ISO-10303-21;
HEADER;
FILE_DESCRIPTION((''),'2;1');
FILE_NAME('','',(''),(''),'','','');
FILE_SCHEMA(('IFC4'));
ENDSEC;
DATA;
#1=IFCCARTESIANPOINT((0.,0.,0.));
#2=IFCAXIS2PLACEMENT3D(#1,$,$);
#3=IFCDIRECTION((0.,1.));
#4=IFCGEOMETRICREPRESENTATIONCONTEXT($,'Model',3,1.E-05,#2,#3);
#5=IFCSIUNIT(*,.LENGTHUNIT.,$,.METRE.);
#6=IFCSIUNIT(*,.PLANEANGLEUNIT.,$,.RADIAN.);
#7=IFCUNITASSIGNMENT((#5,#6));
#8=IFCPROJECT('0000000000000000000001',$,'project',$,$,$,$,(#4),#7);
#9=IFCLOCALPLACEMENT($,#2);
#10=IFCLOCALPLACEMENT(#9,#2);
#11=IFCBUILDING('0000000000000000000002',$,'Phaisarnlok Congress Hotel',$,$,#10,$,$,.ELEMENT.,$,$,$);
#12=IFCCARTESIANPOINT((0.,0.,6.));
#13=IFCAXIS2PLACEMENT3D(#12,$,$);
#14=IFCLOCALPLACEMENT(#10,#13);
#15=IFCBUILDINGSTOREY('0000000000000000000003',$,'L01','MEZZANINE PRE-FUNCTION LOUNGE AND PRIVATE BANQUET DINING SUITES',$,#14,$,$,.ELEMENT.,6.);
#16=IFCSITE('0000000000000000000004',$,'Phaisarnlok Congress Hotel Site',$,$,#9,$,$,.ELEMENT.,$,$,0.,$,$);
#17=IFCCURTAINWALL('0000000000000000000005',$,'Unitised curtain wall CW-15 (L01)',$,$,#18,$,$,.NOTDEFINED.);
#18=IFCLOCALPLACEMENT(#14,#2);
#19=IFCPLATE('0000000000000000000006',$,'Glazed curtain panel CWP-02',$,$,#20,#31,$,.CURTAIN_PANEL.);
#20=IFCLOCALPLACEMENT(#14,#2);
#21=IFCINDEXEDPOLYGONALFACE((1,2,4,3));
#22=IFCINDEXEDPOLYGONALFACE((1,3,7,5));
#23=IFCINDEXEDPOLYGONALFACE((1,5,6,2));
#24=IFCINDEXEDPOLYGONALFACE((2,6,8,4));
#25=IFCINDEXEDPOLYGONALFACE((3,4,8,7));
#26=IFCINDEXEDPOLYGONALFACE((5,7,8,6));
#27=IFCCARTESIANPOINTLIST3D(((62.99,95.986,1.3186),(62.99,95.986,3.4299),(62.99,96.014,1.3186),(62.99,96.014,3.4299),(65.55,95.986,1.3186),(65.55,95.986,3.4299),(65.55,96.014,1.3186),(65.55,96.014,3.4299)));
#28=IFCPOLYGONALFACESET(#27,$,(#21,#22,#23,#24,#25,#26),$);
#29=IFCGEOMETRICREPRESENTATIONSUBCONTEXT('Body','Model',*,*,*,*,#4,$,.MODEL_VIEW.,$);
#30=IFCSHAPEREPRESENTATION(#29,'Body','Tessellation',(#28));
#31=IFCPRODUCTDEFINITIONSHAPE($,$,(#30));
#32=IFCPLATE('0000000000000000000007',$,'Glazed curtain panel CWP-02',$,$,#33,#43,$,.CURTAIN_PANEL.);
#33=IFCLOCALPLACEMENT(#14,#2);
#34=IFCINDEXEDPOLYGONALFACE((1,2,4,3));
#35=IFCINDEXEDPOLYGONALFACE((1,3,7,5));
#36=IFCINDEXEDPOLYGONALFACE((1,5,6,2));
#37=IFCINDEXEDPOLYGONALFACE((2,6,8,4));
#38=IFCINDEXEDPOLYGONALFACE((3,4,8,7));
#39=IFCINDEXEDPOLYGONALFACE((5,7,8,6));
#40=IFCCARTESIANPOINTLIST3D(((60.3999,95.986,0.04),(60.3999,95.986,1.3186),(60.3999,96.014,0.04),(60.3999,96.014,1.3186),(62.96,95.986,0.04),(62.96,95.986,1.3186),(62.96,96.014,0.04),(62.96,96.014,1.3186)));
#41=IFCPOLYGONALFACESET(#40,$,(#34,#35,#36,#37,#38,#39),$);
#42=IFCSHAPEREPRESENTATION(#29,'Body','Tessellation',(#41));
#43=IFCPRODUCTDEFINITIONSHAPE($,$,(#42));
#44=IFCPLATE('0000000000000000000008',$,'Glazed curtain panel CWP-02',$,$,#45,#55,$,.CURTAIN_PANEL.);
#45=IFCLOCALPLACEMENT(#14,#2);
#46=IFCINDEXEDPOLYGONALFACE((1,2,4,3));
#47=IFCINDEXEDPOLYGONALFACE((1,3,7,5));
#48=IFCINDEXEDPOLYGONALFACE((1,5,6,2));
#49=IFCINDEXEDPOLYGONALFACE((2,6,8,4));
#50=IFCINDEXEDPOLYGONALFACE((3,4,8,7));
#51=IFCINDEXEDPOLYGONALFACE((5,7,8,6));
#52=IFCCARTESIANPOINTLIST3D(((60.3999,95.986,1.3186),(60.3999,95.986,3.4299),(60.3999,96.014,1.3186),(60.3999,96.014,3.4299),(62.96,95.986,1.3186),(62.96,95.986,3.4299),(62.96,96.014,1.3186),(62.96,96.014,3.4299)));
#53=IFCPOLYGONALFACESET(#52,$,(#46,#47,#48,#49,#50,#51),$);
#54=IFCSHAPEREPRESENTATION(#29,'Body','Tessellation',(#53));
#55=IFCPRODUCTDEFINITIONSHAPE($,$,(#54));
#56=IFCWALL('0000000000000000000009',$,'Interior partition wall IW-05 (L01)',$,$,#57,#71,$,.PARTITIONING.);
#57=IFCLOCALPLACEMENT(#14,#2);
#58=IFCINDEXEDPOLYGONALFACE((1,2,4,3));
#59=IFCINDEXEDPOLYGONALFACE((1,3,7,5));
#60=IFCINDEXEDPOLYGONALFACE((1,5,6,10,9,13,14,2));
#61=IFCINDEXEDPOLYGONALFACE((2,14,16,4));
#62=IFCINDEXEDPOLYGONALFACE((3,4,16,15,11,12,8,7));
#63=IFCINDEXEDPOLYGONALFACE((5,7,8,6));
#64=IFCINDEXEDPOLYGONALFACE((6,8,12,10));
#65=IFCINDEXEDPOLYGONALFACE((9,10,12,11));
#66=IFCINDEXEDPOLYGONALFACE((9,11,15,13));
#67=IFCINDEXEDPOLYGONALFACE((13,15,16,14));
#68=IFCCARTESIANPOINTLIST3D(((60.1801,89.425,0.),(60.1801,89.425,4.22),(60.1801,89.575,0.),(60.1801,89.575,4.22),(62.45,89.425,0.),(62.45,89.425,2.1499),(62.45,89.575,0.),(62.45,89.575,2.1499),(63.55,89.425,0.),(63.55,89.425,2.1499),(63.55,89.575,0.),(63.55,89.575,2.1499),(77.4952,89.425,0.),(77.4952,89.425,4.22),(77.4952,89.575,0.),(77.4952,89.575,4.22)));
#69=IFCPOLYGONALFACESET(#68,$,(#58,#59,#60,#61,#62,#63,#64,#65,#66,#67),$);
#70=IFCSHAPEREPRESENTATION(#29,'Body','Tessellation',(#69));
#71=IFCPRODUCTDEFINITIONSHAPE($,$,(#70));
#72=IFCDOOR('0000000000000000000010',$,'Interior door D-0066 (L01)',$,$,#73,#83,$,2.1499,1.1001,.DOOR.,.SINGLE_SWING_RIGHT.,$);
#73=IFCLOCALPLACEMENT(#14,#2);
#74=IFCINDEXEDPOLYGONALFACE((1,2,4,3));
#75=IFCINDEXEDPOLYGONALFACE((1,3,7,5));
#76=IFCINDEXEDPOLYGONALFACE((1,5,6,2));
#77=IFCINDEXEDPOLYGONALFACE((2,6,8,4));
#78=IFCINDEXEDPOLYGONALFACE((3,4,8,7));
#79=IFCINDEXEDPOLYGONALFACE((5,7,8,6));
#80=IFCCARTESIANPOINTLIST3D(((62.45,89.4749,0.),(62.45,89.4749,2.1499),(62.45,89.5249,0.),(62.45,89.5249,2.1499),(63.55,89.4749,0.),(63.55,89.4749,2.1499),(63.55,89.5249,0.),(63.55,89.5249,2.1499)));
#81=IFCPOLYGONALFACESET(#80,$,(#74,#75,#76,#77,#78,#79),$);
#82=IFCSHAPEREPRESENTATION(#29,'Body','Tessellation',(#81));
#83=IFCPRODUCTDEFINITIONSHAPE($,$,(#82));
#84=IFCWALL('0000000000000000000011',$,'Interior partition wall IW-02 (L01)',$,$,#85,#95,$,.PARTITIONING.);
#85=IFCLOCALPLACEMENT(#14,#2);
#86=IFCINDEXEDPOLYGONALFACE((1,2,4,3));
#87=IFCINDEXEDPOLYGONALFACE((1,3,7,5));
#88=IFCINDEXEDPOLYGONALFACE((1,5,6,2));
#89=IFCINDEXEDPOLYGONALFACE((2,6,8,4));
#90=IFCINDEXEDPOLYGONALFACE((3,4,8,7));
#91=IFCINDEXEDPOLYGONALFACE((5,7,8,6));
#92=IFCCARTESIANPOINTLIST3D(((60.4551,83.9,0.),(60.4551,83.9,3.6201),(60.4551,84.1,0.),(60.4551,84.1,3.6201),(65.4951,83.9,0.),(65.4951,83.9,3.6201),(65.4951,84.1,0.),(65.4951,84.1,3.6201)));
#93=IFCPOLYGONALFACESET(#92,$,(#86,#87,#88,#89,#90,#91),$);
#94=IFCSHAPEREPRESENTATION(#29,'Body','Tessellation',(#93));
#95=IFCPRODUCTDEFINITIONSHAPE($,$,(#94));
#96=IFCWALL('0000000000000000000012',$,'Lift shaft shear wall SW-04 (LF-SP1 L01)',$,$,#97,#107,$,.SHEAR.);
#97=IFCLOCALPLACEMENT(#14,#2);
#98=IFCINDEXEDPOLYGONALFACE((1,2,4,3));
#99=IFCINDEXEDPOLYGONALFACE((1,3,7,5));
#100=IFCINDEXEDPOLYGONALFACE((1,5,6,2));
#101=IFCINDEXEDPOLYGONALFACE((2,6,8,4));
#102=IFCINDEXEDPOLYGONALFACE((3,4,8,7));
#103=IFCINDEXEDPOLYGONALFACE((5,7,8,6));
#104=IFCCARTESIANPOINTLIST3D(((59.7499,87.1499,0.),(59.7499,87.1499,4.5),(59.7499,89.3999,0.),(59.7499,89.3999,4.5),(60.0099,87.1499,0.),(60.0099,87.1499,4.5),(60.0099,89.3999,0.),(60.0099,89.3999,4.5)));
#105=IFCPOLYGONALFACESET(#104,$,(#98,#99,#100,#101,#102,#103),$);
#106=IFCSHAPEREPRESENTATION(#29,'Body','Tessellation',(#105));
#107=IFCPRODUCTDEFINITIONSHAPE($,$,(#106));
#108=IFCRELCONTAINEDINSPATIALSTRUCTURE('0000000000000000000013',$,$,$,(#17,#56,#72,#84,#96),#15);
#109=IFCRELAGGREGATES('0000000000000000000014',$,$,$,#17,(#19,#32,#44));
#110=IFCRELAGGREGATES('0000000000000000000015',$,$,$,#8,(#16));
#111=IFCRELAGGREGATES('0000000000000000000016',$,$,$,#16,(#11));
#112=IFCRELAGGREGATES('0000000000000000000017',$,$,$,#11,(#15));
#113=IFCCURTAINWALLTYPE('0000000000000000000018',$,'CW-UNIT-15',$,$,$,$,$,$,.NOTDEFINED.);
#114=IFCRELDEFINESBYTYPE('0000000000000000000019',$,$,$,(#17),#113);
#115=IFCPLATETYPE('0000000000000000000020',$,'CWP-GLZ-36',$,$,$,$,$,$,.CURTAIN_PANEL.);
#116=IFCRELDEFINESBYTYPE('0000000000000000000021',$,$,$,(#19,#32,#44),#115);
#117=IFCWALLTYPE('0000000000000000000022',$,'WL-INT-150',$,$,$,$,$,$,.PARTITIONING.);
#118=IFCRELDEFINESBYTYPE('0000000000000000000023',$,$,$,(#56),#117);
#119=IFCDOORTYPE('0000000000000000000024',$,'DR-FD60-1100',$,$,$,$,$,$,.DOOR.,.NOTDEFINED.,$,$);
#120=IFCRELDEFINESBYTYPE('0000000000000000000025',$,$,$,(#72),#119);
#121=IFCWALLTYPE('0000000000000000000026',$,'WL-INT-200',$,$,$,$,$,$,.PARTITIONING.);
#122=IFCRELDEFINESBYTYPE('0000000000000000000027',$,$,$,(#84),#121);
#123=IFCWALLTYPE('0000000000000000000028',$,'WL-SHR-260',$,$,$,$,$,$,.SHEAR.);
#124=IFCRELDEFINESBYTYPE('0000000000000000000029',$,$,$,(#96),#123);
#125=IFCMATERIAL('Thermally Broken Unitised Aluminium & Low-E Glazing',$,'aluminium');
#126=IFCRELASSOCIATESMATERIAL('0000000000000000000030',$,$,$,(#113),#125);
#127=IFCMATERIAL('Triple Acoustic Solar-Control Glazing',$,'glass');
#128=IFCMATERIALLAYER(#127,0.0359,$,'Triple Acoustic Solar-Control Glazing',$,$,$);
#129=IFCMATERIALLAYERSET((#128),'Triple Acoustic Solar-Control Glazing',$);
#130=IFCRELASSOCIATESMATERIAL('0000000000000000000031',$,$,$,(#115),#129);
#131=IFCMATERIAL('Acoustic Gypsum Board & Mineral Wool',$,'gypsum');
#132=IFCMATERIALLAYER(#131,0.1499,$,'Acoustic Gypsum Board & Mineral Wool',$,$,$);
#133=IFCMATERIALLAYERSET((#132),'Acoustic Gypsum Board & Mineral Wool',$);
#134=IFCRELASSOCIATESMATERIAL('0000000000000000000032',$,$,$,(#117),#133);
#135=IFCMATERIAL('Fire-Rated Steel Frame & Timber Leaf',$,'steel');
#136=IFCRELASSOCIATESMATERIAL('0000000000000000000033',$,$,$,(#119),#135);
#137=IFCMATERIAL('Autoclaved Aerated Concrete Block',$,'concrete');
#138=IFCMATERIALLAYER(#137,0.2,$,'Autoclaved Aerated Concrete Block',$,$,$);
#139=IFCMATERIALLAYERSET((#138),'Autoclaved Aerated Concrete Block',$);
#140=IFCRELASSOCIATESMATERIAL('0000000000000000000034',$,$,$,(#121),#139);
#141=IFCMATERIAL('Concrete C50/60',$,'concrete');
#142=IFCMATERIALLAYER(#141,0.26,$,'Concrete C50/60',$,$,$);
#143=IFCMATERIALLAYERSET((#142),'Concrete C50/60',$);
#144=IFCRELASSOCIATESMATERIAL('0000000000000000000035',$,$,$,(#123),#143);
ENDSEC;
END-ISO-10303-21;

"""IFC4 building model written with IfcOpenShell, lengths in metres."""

from ifc_helpers import new_model, si_unit, direction, frame, frame_2d, origin, place, context, subcontext, project, spatial, rectangle, extrude, material, layer, layer_set, type_object, element, fill, aggregate, save


model = new_model("IFC4")

# Units and contexts
model_context = context("Model", 3, precision=1e-05, world=origin(), true_north=direction((0.0, 1.0)))
body_context = subcontext(model_context, "Body", "Model", "MODEL_VIEW")
ifc_project = project(units=[si_unit("LENGTHUNIT", "METRE"), si_unit("PLANEANGLEUNIT", "RADIAN")], contexts=[model_context])

# Site, building, storey
site_placement = place(None, origin())
site = spatial("IfcSite", under=ifc_project, at=site_placement, Name="Phaisarnlok Congress Hotel Site", CompositionType="ELEMENT", RefElevation=0.0)
building_placement = place(site_placement, origin())
building = spatial("IfcBuilding", under=site, at=building_placement, Name="Phaisarnlok Congress Hotel", CompositionType="ELEMENT")
storey_placement = place(building_placement, frame((0.0, 0.0, 6.0)))
storey = spatial("IfcBuildingStorey", under=building, at=storey_placement, Name="L01", Description="MEZZANINE PRE-FUNCTION LOUNGE AND PRIVATE BANQUET DINING SUITES", CompositionType="ELEMENT", Elevation=6.0)

# Shared definitions
ifc_material_1 = material(Name="Concrete C50/60", Category="concrete")

# Curtain wall
ifc_material_2 = material(Name="Thermally Broken Unitised Aluminium & Low-E Glazing", Category="aluminium")
curtain_wall_type = type_object("IfcCurtainWallType", Name="CW-UNIT-15", PredefinedType="NOTDEFINED", material=ifc_material_2)
curtain_wall_placement = place(storey_placement, origin())
curtain_wall = element("IfcCurtainWall", 1, at=curtain_wall_placement, inside=storey, type_object=curtain_wall_type, Name="Unitised curtain wall CW-15 (L01)", PredefinedType="NOTDEFINED")

# Plates
ifc_material_3 = material(Name="Triple Acoustic Solar-Control Glazing", Category="glass")
ifc_layer_1 = layer(ifc_material_3, 0.0359, Name="Triple Acoustic Solar-Control Glazing")
ifc_layer_set_1 = layer_set([ifc_layer_1], Name="Triple Acoustic Solar-Control Glazing")
plate_type = type_object("IfcPlateType", Name="CWP-GLZ-36", PredefinedType="CURTAIN_PANEL", material=ifc_layer_set_1)
plate_1_placement = place(storey_placement, frame((65.55, 96.0, 1.3186), z_axis=(0.0, 0.0, 1.0), x_axis=(-1.0, 0.0, 0.0)))
plate_1 = element("IfcPlate", 2, at=plate_1_placement, type_object=plate_type, Name="Glazed curtain panel CWP-02", PredefinedType="CURTAIN_PANEL", context=body_context, shape_type="SweptSolid", body=[
    extrude(rectangle(XDim=2.5601, YDim=0.0281, at=frame_2d((1.28, 0.0))), origin(), (0.0, 0.0, 1.0), 2.1113),
])
plate_2_placement = place(storey_placement, frame((62.96, 96.0, 0.04), z_axis=(0.0, 0.0, 1.0), x_axis=(-1.0, 0.0, 0.0)))
plate_2 = element("IfcPlate", 3, at=plate_2_placement, type_object=plate_type, Name="Glazed curtain panel CWP-02", PredefinedType="CURTAIN_PANEL", context=body_context, shape_type="SweptSolid", body=[
    extrude(rectangle(XDim=2.5601, YDim=0.0281, at=frame_2d((1.28, 0.0))), origin(), (0.0, 0.0, 1.0), 1.2786),
])
plate_3_placement = place(storey_placement, frame((62.96, 96.0, 1.3186), z_axis=(0.0, 0.0, 1.0), x_axis=(-1.0, 0.0, 0.0)))
plate_3 = element("IfcPlate", 4, at=plate_3_placement, type_object=plate_type, Name="Glazed curtain panel CWP-02", PredefinedType="CURTAIN_PANEL", context=body_context, shape_type="SweptSolid", body=[
    extrude(rectangle(XDim=2.5601, YDim=0.0281, at=frame_2d((1.28, 0.0))), origin(), (0.0, 0.0, 1.0), 2.1113),
])
aggregate(curtain_wall, [plate_1, plate_2, plate_3])

# Wall, opening, door
ifc_material_4 = material(Name="Acoustic Gypsum Board & Mineral Wool", Category="gypsum")
ifc_layer_2 = layer(ifc_material_4, 0.1499, Name="Acoustic Gypsum Board & Mineral Wool")
ifc_layer_set_2 = layer_set([ifc_layer_2], Name="Acoustic Gypsum Board & Mineral Wool")
wall_type_1 = type_object("IfcWallType", Name="WL-INT-150", PredefinedType="PARTITIONING", material=ifc_layer_set_2)
wall_1_placement = place(storey_placement, frame((60.1799, 89.5, 0.0), z_axis=(0.0, 0.0, 1.0), x_axis=(1.0, 0.0, 0.0)))
wall_1 = element("IfcWall", 5, at=wall_1_placement, inside=storey, type_object=wall_type_1, Name="Interior partition wall IW-05 (L01)", PredefinedType="PARTITIONING", context=body_context, shape_type="SweptSolid", body=[
    extrude(rectangle(XDim=17.3152, YDim=0.1499, at=frame_2d((8.6577, 0.0))), origin(), (0.0, 0.0, 1.0), 4.22),
])
opening_placement = place(wall_1_placement, frame((2.27, 0.0, 0.0)))
opening = element("IfcOpeningElement", 6, at=opening_placement, cuts=wall_1, PredefinedType="OPENING", context=body_context, shape_type="SweptSolid", body=[
    extrude(rectangle(XDim=1.1001, YDim=2.1499, at=frame_2d((0.55, 1.075))), frame((0.0, 0.085, 0.0), z_axis=(0.0, -1.0, 0.0), x_axis=(1.0, 0.0, 0.0)), (0.0, 0.0, 1.0), 0.1699),
])
ifc_material_5 = material(Name="Fire-Rated Steel Frame & Timber Leaf", Category="steel")
door_type = type_object("IfcDoorType", Name="DR-FD60-1100", OperationType="NOTDEFINED", PredefinedType="DOOR", material=ifc_material_5)
door_placement = place(opening_placement, origin())
door = element("IfcDoor", 7, at=door_placement, inside=storey, type_object=door_type, Name="Interior door D-0066 (L01)", OperationType="SINGLE_SWING_RIGHT", OverallHeight=2.1499, OverallWidth=1.1001, PredefinedType="DOOR", context=body_context, shape_type="SweptSolid", body=[
    extrude(rectangle(XDim=1.1001, YDim=2.1499, at=frame_2d((0.55, 1.075))), frame((0.0, 0.0249, 0.0), z_axis=(0.0, -1.0, 0.0), x_axis=(1.0, 0.0, 0.0)), (0.0, 0.0, 1.0), 0.05),
])
fill(opening, door)

# Walls
ifc_material_6 = material(Name="Autoclaved Aerated Concrete Block", Category="concrete")
ifc_layer_3 = layer(ifc_material_6, 0.2, Name="Autoclaved Aerated Concrete Block")
ifc_layer_set_3 = layer_set([ifc_layer_3], Name="Autoclaved Aerated Concrete Block")
wall_type_2 = type_object("IfcWallType", Name="WL-INT-200", PredefinedType="PARTITIONING", material=ifc_layer_set_3)
wall_2_placement = place(storey_placement, frame((60.4551, 84.0, 0.0), z_axis=(0.0, 0.0, 1.0), x_axis=(1.0, 0.0, 0.0)))
element("IfcWall", 8, at=wall_2_placement, inside=storey, type_object=wall_type_2, Name="Interior partition wall IW-02 (L01)", PredefinedType="PARTITIONING", context=body_context, shape_type="SweptSolid", body=[
    extrude(rectangle(XDim=5.04, YDim=0.2, at=frame_2d((2.52, 0.0))), origin(), (0.0, 0.0, 1.0), 3.6201),
])
ifc_layer_4 = layer(ifc_material_1, 0.26, Name="Concrete C50/60")
ifc_layer_set_4 = layer_set([ifc_layer_4], Name="Concrete C50/60")
wall_type_3 = type_object("IfcWallType", Name="WL-SHR-260", PredefinedType="SHEAR", material=ifc_layer_set_4)
wall_3_placement = place(storey_placement, frame((59.8799, 87.1499, 0.0), z_axis=(0.0, 0.0, 1.0), x_axis=(0.0, 1.0, 0.0)))
element("IfcWall", 9, at=wall_3_placement, inside=storey, type_object=wall_type_3, Name="Lift shaft shear wall SW-04 (LF-SP1 L01)", PredefinedType="SHEAR", context=body_context, shape_type="SweptSolid", body=[
    extrude(rectangle(XDim=2.25, YDim=0.26, at=frame_2d((1.125, 0.0))), origin(), (0.0, 0.0, 1.0), 4.5),
])

save(model, "model.ifc")
